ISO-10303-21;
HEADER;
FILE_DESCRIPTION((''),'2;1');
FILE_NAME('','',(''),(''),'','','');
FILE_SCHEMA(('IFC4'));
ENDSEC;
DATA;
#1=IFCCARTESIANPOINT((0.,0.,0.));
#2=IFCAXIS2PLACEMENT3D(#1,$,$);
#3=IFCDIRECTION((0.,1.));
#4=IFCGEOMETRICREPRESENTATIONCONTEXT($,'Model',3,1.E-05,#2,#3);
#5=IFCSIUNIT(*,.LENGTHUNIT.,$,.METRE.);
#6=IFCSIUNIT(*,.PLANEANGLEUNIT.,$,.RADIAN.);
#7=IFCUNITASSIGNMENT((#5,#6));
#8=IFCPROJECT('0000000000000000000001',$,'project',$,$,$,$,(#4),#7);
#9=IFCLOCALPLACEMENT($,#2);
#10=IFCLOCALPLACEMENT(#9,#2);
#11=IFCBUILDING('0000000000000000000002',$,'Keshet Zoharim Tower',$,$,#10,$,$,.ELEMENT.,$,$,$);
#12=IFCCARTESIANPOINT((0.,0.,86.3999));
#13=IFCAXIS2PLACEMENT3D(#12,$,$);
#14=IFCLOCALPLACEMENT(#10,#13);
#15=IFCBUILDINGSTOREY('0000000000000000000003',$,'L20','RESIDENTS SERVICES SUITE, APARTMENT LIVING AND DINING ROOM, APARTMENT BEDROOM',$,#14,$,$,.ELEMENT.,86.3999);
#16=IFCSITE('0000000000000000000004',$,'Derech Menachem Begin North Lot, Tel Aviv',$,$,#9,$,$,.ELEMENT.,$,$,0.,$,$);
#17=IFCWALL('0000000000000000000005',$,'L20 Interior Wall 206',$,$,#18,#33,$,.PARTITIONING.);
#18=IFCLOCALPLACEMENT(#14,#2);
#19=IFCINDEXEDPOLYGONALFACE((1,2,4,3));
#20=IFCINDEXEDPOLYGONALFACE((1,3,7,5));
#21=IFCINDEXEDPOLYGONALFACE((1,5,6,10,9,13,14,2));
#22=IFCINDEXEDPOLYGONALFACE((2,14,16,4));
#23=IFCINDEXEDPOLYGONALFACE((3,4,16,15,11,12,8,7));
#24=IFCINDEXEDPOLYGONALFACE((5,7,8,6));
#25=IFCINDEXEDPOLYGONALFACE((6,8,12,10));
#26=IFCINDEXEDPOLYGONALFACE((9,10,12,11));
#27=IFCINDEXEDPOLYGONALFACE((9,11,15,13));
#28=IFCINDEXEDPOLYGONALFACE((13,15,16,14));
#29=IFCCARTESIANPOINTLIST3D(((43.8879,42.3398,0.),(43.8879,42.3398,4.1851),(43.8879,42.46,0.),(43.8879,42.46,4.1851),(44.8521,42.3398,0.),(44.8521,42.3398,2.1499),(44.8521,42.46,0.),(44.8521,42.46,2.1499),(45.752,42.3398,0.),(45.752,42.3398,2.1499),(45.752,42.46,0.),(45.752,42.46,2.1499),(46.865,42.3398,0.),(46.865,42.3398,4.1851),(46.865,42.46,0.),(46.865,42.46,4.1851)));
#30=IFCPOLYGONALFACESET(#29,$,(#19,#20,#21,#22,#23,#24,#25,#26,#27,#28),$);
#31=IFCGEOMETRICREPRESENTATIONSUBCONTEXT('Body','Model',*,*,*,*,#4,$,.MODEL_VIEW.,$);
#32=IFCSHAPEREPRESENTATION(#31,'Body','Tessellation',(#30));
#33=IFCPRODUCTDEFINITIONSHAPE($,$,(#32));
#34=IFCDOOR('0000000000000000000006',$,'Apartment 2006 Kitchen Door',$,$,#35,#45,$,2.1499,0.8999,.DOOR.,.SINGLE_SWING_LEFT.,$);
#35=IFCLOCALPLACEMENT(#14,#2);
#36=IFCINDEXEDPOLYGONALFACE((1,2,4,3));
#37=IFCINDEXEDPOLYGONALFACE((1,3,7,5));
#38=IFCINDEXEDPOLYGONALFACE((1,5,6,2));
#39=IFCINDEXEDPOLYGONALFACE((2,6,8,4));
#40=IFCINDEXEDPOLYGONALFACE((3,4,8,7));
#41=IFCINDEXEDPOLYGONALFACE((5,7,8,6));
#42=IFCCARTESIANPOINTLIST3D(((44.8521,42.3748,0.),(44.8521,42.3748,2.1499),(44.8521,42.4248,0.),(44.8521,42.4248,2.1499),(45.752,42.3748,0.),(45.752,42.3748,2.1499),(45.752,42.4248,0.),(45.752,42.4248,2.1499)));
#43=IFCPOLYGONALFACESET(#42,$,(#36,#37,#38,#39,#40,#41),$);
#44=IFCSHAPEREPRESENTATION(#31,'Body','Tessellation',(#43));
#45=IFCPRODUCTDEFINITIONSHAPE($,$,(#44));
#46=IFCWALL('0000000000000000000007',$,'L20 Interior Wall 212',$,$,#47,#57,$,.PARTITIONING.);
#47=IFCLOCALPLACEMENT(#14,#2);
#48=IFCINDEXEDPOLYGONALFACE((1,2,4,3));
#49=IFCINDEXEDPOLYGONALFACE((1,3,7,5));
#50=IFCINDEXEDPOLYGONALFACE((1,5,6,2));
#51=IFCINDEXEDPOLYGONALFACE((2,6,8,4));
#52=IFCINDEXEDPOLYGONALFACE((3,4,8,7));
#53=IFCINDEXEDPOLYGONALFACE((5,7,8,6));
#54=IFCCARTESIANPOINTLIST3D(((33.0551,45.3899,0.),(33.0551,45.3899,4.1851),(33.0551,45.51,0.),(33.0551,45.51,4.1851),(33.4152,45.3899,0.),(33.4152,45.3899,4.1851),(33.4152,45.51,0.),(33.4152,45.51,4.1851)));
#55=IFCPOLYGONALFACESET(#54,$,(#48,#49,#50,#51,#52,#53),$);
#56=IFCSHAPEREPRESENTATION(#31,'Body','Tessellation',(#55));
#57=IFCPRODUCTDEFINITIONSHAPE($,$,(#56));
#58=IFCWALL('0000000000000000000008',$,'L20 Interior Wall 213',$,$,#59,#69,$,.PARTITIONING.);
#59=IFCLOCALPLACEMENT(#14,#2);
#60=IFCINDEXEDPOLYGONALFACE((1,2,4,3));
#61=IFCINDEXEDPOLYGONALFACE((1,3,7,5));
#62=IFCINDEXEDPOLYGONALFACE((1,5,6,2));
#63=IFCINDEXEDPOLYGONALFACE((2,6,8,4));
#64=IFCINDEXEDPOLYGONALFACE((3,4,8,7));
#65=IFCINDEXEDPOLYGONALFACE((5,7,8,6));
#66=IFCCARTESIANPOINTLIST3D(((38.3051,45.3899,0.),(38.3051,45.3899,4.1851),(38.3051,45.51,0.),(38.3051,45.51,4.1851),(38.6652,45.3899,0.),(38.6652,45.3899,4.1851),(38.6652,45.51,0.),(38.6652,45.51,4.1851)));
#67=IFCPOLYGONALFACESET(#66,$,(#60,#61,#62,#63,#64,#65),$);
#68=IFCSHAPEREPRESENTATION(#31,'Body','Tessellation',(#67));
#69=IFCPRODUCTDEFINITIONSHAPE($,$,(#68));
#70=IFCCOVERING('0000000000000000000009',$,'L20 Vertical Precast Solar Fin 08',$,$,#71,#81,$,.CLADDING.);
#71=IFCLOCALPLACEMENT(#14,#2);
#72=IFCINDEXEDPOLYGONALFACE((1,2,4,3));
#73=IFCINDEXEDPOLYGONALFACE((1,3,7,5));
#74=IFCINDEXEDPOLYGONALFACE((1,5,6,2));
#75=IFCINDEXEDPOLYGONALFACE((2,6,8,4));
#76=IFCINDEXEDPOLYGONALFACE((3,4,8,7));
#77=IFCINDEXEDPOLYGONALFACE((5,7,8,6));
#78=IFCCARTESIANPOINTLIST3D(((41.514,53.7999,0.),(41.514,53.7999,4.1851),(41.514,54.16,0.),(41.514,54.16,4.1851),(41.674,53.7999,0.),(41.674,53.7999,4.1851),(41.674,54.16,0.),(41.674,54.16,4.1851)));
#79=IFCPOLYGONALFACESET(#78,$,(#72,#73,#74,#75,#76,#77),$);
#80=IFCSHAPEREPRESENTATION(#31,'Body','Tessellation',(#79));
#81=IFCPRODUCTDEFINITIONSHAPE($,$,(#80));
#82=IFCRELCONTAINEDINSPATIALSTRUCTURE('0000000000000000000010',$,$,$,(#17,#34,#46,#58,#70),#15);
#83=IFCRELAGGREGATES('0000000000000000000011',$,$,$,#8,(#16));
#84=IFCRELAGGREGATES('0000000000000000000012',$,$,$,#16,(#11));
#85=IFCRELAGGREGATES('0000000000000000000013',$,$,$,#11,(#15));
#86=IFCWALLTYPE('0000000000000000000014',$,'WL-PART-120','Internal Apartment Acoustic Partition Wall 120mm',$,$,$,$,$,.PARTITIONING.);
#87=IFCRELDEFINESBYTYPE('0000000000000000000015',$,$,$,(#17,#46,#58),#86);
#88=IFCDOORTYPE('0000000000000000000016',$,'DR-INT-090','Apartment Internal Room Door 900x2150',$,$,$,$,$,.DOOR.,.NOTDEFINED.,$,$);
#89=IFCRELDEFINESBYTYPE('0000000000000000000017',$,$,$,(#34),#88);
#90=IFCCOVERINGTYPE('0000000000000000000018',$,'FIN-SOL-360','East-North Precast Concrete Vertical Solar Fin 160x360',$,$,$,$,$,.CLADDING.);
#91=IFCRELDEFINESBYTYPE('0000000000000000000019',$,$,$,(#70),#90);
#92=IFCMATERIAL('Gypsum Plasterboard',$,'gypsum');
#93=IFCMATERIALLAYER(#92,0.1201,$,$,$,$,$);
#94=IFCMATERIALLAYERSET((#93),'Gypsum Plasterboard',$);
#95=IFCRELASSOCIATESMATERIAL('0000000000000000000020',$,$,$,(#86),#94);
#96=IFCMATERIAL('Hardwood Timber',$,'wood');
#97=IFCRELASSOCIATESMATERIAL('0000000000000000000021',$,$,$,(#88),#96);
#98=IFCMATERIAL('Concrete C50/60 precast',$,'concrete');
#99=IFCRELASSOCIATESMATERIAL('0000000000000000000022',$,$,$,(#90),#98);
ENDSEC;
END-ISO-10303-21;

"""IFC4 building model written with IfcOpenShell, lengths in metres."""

from ifc_helpers import new_model, si_unit, direction, frame, frame_2d, origin, origin_2d, place, context, subcontext, project, spatial, rectangle, extrude, material, layer, layer_set, type_object, element, fill, save


model = new_model("IFC4")

# Units and contexts
model_context = context("Model", 3, precision=1e-05, world=origin(), true_north=direction((0.0, 1.0)))
body_context = subcontext(model_context, "Body", "Model", "MODEL_VIEW")
ifc_project = project(units=[si_unit("LENGTHUNIT", "METRE"), si_unit("PLANEANGLEUNIT", "RADIAN")], contexts=[model_context])

# Site, building, storey
site_placement = place(None, origin())
site = spatial("IfcSite", under=ifc_project, at=site_placement, Name="Derech Menachem Begin North Lot, Tel Aviv", CompositionType="ELEMENT", RefElevation=0.0)
building_placement = place(site_placement, origin())
building = spatial("IfcBuilding", under=site, at=building_placement, Name="Keshet Zoharim Tower", CompositionType="ELEMENT")
storey_placement = place(building_placement, frame((0.0, 0.0, 86.3999)))
storey = spatial("IfcBuildingStorey", under=building, at=storey_placement, Name="L20", Description="RESIDENTS SERVICES SUITE, APARTMENT LIVING AND DINING ROOM, APARTMENT BEDROOM", CompositionType="ELEMENT", Elevation=86.3999)

# Shared definitions
ifc_material_1 = material(Name="Gypsum Plasterboard", Category="gypsum")
ifc_layer_1 = layer(ifc_material_1, 0.1201)
ifc_layer_set_1 = layer_set([ifc_layer_1], Name="Gypsum Plasterboard")
wall_type = type_object("IfcWallType", Name="WL-PART-120", Description="Internal Apartment Acoustic Partition Wall 120mm", PredefinedType="PARTITIONING", material=ifc_layer_set_1)

# Wall, opening, door
wall_1_placement = place(storey_placement, frame((43.8879, 42.3999, 0.0), z_axis=(0.0, 0.0, 1.0), x_axis=(1.0, 0.0, 0.0)))
wall_1 = element("IfcWall", 1, at=wall_1_placement, inside=storey, type_object=wall_type, Name="L20 Interior Wall 206", PredefinedType="PARTITIONING", context=body_context, shape_type="SweptSolid", body=[
    extrude(rectangle(XDim=2.9771, YDim=0.1201, at=frame_2d((1.4885, 0.0))), origin(), (0.0, 0.0, 1.0), 4.1851),
])
opening_1_placement = place(wall_1_placement, frame((0.9641, 0.0, 0.0)))
opening_1 = element("IfcOpeningElement", 2, at=opening_1_placement, cuts=wall_1, PredefinedType="OPENING", context=body_context, shape_type="SweptSolid", body=[
    extrude(rectangle(XDim=0.8999, YDim=2.1499, at=frame_2d((0.45, 1.075))), frame((0.0, 0.0701, 0.0), z_axis=(0.0, -1.0, 0.0), x_axis=(1.0, 0.0, 0.0)), (0.0, 0.0, 1.0), 0.1401),
])
ifc_material_2 = material(Name="Hardwood Timber", Category="wood")
door_type = type_object("IfcDoorType", Name="DR-INT-090", Description="Apartment Internal Room Door 900x2150", OperationType="NOTDEFINED", PredefinedType="DOOR", material=ifc_material_2)
door_1_placement = place(opening_1_placement, origin())
door_1 = element("IfcDoor", 3, at=door_1_placement, inside=storey, type_object=door_type, Name="Apartment 2006 Kitchen Door", OperationType="SINGLE_SWING_LEFT", OverallHeight=2.1499, OverallWidth=0.8999, PredefinedType="DOOR", context=body_context, shape_type="SweptSolid", body=[
    extrude(rectangle(XDim=0.8999, YDim=2.1499, at=frame_2d((0.45, 1.075))), frame((0.0, 0.0249, 0.0), z_axis=(0.0, -1.0, 0.0), x_axis=(1.0, 0.0, 0.0)), (0.0, 0.0, 1.0), 0.05),
])
fill(opening_1, door_1)

# Walls
for number, where, z_axis, x_axis, name in (
    (4, (33.0549, 45.45, 0.0), (0.0, 0.0, 1.0), (1.0, 0.0, 0.0), "L20 Interior Wall 212"),
    (5, (38.3049, 45.45, 0.0), (0.0, 0.0, 1.0), (1.0, 0.0, 0.0), "L20 Interior Wall 213"),
):
    element("IfcWall", number, at=place(storey_placement, frame(where, z_axis=z_axis, x_axis=x_axis)), inside=storey, type_object=wall_type, Name=name, PredefinedType="PARTITIONING", context=body_context, shape_type="SweptSolid", body=[
        extrude(rectangle(XDim=0.3601, YDim=0.1201, at=frame_2d((0.1802, 0.0))), origin(), (0.0, 0.0, 1.0), 4.1851),
    ])

# Covering
ifc_material_3 = material(Name="Concrete C50/60 precast", Category="concrete")
covering_type = type_object("IfcCoveringType", Name="FIN-SOL-360", Description="East-North Precast Concrete Vertical Solar Fin 160x360", PredefinedType="CLADDING", material=ifc_material_3)
covering_placement = place(storey_placement, frame((41.594, 53.98, 0.0), z_axis=(0.0, 0.0, 1.0), x_axis=(1.0, 0.0, 0.0)))
element("IfcCovering", 6, at=covering_placement, inside=storey, type_object=covering_type, Name="L20 Vertical Precast Solar Fin 08", PredefinedType="CLADDING", context=body_context, shape_type="SweptSolid", body=[
    extrude(rectangle(XDim=0.1599, YDim=0.3601, at=origin_2d()), origin(), (0.0, 0.0, 1.0), 4.1851),
])

save(model, "model.ifc")
